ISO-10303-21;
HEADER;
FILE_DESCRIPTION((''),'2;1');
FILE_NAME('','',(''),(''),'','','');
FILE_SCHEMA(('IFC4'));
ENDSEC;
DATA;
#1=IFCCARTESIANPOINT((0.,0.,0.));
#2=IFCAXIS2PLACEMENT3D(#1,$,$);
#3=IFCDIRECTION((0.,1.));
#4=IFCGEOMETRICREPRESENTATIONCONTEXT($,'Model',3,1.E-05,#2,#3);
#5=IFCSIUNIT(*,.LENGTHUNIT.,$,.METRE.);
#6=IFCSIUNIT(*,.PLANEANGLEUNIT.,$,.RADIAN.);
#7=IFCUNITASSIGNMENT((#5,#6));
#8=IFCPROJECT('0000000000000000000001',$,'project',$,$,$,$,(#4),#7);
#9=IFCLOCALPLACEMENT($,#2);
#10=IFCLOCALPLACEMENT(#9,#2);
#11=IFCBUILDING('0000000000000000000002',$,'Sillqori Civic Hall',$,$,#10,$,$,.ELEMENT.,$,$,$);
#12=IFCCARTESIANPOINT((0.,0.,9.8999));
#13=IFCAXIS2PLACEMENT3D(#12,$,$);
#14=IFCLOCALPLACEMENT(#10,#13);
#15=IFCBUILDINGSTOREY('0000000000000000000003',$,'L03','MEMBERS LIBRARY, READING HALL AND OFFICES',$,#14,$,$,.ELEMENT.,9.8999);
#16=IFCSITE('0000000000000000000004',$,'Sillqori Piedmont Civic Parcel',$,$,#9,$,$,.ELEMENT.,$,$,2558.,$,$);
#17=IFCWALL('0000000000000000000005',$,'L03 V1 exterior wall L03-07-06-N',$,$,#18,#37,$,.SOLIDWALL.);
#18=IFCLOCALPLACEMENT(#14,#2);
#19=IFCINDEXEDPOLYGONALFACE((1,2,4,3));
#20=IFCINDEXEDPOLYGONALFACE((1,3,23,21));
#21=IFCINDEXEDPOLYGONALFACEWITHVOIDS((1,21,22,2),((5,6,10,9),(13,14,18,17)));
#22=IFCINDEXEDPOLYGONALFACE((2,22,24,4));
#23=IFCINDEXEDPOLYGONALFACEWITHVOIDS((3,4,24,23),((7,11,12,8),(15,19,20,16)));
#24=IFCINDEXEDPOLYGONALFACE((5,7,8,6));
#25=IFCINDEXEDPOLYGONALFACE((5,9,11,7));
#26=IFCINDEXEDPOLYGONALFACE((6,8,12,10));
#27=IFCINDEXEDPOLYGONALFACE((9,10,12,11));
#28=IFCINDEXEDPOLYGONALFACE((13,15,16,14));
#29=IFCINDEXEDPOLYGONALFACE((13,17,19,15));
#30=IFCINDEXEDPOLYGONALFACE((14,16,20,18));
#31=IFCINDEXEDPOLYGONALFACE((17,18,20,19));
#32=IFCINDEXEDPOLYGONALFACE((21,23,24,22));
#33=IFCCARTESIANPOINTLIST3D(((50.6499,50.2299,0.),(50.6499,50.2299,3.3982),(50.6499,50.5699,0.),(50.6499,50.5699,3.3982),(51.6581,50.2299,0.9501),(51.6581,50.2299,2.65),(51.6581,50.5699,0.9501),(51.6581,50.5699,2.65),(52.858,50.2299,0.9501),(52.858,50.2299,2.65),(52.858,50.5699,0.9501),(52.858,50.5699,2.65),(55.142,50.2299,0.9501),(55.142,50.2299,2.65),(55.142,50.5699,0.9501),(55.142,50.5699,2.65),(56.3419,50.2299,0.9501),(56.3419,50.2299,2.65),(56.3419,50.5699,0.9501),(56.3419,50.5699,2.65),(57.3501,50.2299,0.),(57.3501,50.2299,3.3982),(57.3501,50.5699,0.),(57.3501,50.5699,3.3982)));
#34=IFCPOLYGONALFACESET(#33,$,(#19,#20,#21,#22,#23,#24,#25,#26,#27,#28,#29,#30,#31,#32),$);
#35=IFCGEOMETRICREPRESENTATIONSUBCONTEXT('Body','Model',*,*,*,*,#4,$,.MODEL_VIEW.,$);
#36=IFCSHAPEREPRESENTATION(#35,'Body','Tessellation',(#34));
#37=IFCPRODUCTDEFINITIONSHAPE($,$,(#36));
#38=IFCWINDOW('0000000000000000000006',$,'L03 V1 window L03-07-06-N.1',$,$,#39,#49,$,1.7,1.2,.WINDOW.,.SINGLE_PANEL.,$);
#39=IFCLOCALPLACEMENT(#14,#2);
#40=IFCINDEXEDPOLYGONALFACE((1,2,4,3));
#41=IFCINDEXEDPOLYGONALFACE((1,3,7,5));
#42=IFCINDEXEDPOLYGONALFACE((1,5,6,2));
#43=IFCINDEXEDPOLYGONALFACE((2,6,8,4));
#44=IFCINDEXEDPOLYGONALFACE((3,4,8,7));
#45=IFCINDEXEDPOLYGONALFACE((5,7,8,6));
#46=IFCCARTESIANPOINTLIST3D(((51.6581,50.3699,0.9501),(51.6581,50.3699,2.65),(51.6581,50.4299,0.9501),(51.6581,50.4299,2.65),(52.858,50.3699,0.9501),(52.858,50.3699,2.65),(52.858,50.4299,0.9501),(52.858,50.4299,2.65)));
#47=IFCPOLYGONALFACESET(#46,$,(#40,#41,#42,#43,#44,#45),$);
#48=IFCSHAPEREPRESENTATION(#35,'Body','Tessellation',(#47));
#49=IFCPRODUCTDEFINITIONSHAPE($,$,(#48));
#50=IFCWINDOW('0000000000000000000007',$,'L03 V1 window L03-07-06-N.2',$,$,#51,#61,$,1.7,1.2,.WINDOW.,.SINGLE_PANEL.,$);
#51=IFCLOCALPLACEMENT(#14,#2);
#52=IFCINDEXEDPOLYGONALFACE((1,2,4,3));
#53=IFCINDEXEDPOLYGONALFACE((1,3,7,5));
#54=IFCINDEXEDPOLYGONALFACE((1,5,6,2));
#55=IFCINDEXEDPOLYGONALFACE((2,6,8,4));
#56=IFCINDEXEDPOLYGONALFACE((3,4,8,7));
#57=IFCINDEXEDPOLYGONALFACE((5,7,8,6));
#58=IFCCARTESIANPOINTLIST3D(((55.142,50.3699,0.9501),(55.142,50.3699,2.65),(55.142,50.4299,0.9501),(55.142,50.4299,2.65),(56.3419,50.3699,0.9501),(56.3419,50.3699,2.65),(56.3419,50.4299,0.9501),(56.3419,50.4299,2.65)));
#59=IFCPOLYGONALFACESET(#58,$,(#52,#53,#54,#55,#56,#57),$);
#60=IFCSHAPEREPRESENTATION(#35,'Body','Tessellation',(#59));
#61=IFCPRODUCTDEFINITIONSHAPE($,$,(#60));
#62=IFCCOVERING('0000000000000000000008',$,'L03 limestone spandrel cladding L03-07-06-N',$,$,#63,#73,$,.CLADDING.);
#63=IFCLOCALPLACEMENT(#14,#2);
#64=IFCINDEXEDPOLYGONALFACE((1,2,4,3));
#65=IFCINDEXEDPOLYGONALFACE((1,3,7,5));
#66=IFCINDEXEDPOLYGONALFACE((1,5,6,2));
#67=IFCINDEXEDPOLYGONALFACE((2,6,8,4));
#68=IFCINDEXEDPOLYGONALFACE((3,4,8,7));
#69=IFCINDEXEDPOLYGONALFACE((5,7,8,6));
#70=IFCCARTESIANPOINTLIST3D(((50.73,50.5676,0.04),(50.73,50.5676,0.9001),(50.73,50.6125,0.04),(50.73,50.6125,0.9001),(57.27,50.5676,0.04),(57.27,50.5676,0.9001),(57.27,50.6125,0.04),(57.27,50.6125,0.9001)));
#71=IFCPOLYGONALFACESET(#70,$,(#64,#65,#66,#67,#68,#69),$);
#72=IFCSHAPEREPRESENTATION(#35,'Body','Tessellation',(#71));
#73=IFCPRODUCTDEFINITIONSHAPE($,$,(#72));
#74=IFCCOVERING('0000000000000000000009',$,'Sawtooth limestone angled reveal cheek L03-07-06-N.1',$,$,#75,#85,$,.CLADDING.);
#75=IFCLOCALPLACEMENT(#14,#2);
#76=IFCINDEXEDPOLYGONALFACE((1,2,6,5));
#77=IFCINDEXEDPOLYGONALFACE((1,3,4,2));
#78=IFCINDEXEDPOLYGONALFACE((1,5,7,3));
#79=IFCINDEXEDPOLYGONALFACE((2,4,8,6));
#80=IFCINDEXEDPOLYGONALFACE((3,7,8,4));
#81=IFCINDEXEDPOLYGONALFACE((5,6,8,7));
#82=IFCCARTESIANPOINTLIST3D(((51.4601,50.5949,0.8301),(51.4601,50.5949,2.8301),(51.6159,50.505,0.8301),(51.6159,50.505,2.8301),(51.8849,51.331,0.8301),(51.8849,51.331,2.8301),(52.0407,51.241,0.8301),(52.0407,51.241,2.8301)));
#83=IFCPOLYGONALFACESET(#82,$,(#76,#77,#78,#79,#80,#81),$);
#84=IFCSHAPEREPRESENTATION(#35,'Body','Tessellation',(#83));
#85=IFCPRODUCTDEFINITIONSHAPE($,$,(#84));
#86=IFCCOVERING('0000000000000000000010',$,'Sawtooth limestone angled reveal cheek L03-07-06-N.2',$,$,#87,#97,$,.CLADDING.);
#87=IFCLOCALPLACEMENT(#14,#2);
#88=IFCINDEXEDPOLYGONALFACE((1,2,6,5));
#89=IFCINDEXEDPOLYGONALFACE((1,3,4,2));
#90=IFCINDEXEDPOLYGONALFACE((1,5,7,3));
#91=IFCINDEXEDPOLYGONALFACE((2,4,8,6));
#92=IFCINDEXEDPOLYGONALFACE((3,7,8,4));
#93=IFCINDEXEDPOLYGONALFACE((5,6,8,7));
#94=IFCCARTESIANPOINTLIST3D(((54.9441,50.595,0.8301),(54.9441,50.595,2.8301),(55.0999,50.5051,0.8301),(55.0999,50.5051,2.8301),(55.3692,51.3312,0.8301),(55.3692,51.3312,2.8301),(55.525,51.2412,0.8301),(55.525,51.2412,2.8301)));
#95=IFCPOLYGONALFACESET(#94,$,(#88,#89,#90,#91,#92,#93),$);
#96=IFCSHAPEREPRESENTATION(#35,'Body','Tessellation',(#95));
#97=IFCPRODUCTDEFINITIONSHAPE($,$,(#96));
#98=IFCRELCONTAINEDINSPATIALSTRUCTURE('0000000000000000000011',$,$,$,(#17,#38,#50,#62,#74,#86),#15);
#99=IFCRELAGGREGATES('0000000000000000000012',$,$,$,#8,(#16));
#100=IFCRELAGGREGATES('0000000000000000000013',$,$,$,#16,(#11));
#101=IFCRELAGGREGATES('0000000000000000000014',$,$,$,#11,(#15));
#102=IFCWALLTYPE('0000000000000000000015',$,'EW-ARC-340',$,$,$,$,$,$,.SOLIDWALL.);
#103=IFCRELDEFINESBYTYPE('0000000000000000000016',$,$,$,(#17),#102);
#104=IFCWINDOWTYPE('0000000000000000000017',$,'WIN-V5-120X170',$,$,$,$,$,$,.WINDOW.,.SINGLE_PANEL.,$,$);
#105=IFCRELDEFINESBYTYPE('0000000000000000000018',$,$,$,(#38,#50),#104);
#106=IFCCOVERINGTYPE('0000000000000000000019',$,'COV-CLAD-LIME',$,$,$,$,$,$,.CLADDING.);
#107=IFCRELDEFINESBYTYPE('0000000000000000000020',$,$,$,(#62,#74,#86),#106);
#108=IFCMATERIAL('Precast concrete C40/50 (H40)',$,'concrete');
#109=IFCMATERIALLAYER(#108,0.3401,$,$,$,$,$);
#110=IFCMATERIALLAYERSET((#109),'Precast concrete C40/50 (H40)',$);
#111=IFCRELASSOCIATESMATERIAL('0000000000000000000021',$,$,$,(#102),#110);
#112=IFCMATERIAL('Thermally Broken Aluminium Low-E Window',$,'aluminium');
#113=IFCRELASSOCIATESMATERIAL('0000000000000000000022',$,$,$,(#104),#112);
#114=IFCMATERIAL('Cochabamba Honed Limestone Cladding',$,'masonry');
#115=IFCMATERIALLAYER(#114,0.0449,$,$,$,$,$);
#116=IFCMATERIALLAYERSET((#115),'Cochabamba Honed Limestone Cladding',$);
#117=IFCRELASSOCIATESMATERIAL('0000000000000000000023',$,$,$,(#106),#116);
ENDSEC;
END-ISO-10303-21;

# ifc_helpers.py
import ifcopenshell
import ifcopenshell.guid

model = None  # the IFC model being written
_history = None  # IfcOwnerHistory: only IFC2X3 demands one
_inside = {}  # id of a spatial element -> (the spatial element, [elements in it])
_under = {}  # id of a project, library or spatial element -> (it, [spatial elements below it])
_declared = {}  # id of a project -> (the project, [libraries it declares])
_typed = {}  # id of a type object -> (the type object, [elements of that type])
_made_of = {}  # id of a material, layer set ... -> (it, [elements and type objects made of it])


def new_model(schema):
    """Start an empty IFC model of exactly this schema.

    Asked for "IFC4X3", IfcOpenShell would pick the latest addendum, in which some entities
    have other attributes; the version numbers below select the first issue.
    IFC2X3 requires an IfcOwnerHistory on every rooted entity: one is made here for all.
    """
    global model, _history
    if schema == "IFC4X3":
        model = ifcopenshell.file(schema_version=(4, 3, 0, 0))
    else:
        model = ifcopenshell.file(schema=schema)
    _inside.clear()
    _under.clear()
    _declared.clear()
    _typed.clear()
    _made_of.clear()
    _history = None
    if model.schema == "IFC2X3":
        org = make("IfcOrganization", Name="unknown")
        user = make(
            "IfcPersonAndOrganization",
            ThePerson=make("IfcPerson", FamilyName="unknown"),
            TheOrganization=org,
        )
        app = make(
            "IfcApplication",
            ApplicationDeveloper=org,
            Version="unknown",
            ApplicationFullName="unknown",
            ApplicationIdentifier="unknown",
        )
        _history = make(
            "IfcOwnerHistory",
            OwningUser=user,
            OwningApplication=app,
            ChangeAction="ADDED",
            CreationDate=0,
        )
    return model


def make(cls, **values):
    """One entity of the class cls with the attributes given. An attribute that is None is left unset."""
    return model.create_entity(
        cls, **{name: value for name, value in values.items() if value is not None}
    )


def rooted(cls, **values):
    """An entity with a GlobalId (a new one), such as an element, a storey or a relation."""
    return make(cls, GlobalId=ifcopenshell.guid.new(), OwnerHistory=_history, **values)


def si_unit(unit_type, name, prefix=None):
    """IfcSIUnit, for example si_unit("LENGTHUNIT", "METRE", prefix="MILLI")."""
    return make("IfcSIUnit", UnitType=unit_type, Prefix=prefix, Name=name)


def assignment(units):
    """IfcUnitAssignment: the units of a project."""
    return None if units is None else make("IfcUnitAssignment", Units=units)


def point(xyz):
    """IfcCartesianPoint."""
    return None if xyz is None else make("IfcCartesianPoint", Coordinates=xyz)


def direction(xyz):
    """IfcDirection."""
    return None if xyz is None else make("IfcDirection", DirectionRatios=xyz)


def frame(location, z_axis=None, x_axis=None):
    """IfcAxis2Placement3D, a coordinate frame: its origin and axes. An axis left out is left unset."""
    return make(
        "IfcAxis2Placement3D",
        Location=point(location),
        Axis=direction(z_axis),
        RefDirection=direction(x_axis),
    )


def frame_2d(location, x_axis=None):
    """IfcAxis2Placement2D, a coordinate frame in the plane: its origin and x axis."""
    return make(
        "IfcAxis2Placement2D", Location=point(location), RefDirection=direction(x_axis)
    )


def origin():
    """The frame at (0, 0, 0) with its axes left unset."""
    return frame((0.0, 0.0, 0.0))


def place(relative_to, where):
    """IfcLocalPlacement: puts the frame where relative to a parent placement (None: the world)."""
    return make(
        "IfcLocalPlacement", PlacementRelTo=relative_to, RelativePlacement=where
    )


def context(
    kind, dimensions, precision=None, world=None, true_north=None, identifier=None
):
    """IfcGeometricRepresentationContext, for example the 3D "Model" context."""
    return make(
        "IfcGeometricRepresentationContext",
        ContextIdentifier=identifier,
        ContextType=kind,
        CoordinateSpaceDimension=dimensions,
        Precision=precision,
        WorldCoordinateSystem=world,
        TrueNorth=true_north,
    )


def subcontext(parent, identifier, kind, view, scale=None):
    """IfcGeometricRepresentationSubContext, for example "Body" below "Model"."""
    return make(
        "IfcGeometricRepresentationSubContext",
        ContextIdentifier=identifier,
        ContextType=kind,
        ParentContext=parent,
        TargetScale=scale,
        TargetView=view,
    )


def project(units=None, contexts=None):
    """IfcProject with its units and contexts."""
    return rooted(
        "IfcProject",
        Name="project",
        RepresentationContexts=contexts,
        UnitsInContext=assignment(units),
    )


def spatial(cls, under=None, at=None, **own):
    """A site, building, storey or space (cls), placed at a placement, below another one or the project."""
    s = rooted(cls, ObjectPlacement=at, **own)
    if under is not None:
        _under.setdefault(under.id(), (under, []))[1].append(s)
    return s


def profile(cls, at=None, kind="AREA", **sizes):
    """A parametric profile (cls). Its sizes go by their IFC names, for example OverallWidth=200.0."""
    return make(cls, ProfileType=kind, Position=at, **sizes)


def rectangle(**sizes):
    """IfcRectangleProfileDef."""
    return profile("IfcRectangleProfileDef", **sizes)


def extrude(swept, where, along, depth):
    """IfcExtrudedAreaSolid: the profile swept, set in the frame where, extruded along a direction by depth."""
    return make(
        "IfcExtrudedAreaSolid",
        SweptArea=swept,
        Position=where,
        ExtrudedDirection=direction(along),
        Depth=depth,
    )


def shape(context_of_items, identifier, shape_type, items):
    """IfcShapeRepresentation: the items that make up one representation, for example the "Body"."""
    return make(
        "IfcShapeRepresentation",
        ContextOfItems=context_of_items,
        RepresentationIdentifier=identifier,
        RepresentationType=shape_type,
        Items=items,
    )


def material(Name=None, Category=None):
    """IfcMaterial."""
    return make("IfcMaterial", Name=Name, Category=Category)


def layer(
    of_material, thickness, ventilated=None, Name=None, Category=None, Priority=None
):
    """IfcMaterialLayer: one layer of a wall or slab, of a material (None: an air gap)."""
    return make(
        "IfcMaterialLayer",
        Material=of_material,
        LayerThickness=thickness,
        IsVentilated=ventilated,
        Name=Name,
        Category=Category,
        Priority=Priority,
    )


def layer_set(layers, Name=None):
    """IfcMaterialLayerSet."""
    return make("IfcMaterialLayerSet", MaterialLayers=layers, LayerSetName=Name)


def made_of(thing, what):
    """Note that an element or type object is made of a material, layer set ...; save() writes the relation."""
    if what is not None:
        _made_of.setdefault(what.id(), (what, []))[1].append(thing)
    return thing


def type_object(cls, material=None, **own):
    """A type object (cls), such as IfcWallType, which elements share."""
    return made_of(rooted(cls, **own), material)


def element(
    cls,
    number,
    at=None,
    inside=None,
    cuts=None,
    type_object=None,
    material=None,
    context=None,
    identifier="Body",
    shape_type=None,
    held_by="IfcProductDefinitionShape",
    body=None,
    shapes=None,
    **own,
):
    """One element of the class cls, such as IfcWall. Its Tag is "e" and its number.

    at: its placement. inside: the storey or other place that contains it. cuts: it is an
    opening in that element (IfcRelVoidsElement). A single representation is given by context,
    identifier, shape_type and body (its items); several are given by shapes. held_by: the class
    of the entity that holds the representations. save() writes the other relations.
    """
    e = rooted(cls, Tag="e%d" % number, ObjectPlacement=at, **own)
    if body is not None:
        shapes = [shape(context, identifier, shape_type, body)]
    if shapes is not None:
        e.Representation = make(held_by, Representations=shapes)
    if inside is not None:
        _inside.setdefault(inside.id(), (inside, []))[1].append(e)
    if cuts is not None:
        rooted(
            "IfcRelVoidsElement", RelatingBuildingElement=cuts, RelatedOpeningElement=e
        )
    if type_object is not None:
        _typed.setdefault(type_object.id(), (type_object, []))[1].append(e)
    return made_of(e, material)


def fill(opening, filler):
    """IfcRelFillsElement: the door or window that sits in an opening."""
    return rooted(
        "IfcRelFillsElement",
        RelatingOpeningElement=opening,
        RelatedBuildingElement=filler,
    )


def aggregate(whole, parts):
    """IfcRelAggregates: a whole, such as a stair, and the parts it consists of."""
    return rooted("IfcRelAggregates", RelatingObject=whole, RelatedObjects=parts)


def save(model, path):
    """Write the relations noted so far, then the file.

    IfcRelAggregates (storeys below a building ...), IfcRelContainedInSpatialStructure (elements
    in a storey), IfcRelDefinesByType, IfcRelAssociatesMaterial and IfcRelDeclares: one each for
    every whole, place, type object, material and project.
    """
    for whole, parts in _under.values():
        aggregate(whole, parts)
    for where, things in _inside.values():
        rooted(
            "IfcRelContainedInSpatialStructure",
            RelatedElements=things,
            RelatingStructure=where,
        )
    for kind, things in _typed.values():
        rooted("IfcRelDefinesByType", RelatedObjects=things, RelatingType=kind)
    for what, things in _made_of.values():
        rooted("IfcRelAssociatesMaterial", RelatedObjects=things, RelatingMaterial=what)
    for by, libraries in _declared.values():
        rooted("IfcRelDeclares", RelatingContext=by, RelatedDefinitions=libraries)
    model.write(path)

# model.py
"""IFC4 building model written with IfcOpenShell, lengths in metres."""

from ifc_helpers import new_model, si_unit, direction, frame, frame_2d, origin, place, context, subcontext, project, spatial, rectangle, extrude, material, layer, layer_set, type_object, element, fill, save


model = new_model("IFC4")

# Units and contexts
model_context = context("Model", 3, precision=1e-05, world=origin(), true_north=direction((0.0, 1.0)))
body_context = subcontext(model_context, "Body", "Model", "MODEL_VIEW")
ifc_project = project(units=[si_unit("LENGTHUNIT", "METRE"), si_unit("PLANEANGLEUNIT", "RADIAN")], contexts=[model_context])

# Site, building, storey
site_placement = place(None, origin())
site = spatial("IfcSite", under=ifc_project, at=site_placement, Name="Sillqori Piedmont Civic Parcel", CompositionType="ELEMENT", RefElevation=2558.0)
building_placement = place(site_placement, origin())
building = spatial("IfcBuilding", under=site, at=building_placement, Name="Sillqori Civic Hall", CompositionType="ELEMENT")
storey_placement = place(building_placement, frame((0.0, 0.0, 9.8999)))
storey = spatial("IfcBuildingStorey", under=building, at=storey_placement, Name="L03", Description="MEMBERS LIBRARY, READING HALL AND OFFICES", CompositionType="ELEMENT", Elevation=9.8999)

# Wall, openings, windows
ifc_material_1 = material(Name="Precast concrete C40/50 (H40)", Category="concrete")
ifc_layer_1 = layer(ifc_material_1, 0.3401)
ifc_layer_set_1 = layer_set([ifc_layer_1], Name="Precast concrete C40/50 (H40)")
wall_type_1 = type_object("IfcWallType", Name="EW-ARC-340", PredefinedType="SOLIDWALL", material=ifc_layer_set_1)
wall_1_placement = place(storey_placement, frame((50.6499, 50.3999, 0.0), z_axis=(0.0, 0.0, 1.0), x_axis=(1.0, 0.0, 0.0)))
wall_1 = element("IfcWall", 1, at=wall_1_placement, inside=storey, type_object=wall_type_1, Name="L03 V1 exterior wall L03-07-06-N", PredefinedType="SOLIDWALL", context=body_context, shape_type="SweptSolid", body=[
    extrude(rectangle(XDim=6.7002, YDim=0.3401, at=frame_2d((3.3501, 0.0))), origin(), (0.0, 0.0, 1.0), 3.3982),
])
opening_1_placement = place(wall_1_placement, frame((1.0081, 0.0, 0.95)))
opening_1 = element("IfcOpeningElement", 2, at=opening_1_placement, cuts=wall_1, PredefinedType="OPENING", context=body_context, shape_type="SweptSolid", body=[
    extrude(rectangle(XDim=1.2, YDim=1.7, at=frame_2d((0.6001, 0.8501))), frame((0.0, 0.1799, 0.0), z_axis=(0.0, -1.0, 0.0), x_axis=(1.0, 0.0, 0.0)), (0.0, 0.0, 1.0), 0.3601),
])
opening_2_placement = place(wall_1_placement, frame((4.4919, 0.0, 0.95)))
opening_2 = element("IfcOpeningElement", 3, at=opening_2_placement, cuts=wall_1, PredefinedType="OPENING", context=body_context, shape_type="SweptSolid", body=[
    extrude(rectangle(XDim=1.2, YDim=1.7, at=frame_2d((0.6001, 0.8501))), frame((0.0, 0.1799, 0.0), z_axis=(0.0, -1.0, 0.0), x_axis=(1.0, 0.0, 0.0)), (0.0, 0.0, 1.0), 0.3601),
])
ifc_material_2 = material(Name="Thermally Broken Aluminium Low-E Window", Category="aluminium")
window_type = type_object("IfcWindowType", Name="WIN-V5-120X170", PartitioningType="SINGLE_PANEL", PredefinedType="WINDOW", material=ifc_material_2)
window_1_placement = place(opening_1_placement, origin())
window_1 = element("IfcWindow", 4, at=window_1_placement, inside=storey, type_object=window_type, Name="L03 V1 window L03-07-06-N.1", OverallHeight=1.7, OverallWidth=1.2, PartitioningType="SINGLE_PANEL", PredefinedType="WINDOW", context=body_context, shape_type="SweptSolid", body=[
    extrude(rectangle(XDim=1.2, YDim=1.7, at=frame_2d((0.6001, 0.8501))), frame((0.0, 0.03, 0.0), z_axis=(0.0, -1.0, 0.0), x_axis=(1.0, 0.0, 0.0)), (0.0, 0.0, 1.0), 0.0601),
])
fill(opening_1, window_1)
window_2_placement = place(opening_2_placement, origin())
window_2 = element("IfcWindow", 5, at=window_2_placement, inside=storey, type_object=window_type, Name="L03 V1 window L03-07-06-N.2", OverallHeight=1.7, OverallWidth=1.2, PartitioningType="SINGLE_PANEL", PredefinedType="WINDOW", context=body_context, shape_type="SweptSolid", body=[
    extrude(rectangle(XDim=1.2, YDim=1.7, at=frame_2d((0.6001, 0.8501))), frame((0.0, 0.03, 0.0), z_axis=(0.0, -1.0, 0.0), x_axis=(1.0, 0.0, 0.0)), (0.0, 0.0, 1.0), 0.0601),
])
fill(opening_2, window_2)

# Coverings
ifc_material_3 = material(Name="Cochabamba Honed Limestone Cladding", Category="masonry")
ifc_layer_2 = layer(ifc_material_3, 0.0449)
ifc_layer_set_2 = layer_set([ifc_layer_2], Name="Cochabamba Honed Limestone Cladding")
covering_type = type_object("IfcCoveringType", Name="COV-CLAD-LIME", PredefinedType="CLADDING", material=ifc_layer_set_2)
covering_1_placement = place(storey_placement, frame((50.73, 50.5901, 0.04), z_axis=(0.0, 0.0, 1.0), x_axis=(1.0, 0.0, 0.0)))
element("IfcCovering", 6, at=covering_1_placement, inside=storey, type_object=covering_type, Name="L03 limestone spandrel cladding L03-07-06-N", PredefinedType="CLADDING", context=body_context, shape_type="SweptSolid", body=[
    extrude(rectangle(XDim=6.54, YDim=0.0449, at=frame_2d((3.27, 0.0))), origin(), (0.0, 0.0, 1.0), 0.8601),
])
covering_2_placement = place(storey_placement, frame((51.5381, 50.55, 0.8301), z_axis=(0.0, 0.0, 1.0), x_axis=(0.499847, 0.866114, 0.0)))
element("IfcCovering", 7, at=covering_2_placement, inside=storey, type_object=covering_type, Name="Sawtooth limestone angled reveal cheek L03-07-06-N.1", PredefinedType="CLADDING", context=body_context, shape_type="SweptSolid", body=[
    extrude(rectangle(XDim=0.8499, YDim=0.1799, at=frame_2d((0.4248, 0.0))), origin(), (0.0, 0.0, 1.0), 2.0),
])
covering_3_placement = place(storey_placement, frame((55.022, 50.55, 0.8301), z_axis=(0.0, 0.0, 1.0), x_axis=(0.500062, 0.865989, 0.0)))
element("IfcCovering", 8, at=covering_3_placement, inside=storey, type_object=covering_type, Name="Sawtooth limestone angled reveal cheek L03-07-06-N.2", PredefinedType="CLADDING", context=body_context, shape_type="SweptSolid", body=[
    extrude(rectangle(XDim=0.8501, YDim=0.1799, at=frame_2d((0.425, 0.0))), origin(), (0.0, 0.0, 1.0), 2.0),
])

save(model, "model.ifc")
